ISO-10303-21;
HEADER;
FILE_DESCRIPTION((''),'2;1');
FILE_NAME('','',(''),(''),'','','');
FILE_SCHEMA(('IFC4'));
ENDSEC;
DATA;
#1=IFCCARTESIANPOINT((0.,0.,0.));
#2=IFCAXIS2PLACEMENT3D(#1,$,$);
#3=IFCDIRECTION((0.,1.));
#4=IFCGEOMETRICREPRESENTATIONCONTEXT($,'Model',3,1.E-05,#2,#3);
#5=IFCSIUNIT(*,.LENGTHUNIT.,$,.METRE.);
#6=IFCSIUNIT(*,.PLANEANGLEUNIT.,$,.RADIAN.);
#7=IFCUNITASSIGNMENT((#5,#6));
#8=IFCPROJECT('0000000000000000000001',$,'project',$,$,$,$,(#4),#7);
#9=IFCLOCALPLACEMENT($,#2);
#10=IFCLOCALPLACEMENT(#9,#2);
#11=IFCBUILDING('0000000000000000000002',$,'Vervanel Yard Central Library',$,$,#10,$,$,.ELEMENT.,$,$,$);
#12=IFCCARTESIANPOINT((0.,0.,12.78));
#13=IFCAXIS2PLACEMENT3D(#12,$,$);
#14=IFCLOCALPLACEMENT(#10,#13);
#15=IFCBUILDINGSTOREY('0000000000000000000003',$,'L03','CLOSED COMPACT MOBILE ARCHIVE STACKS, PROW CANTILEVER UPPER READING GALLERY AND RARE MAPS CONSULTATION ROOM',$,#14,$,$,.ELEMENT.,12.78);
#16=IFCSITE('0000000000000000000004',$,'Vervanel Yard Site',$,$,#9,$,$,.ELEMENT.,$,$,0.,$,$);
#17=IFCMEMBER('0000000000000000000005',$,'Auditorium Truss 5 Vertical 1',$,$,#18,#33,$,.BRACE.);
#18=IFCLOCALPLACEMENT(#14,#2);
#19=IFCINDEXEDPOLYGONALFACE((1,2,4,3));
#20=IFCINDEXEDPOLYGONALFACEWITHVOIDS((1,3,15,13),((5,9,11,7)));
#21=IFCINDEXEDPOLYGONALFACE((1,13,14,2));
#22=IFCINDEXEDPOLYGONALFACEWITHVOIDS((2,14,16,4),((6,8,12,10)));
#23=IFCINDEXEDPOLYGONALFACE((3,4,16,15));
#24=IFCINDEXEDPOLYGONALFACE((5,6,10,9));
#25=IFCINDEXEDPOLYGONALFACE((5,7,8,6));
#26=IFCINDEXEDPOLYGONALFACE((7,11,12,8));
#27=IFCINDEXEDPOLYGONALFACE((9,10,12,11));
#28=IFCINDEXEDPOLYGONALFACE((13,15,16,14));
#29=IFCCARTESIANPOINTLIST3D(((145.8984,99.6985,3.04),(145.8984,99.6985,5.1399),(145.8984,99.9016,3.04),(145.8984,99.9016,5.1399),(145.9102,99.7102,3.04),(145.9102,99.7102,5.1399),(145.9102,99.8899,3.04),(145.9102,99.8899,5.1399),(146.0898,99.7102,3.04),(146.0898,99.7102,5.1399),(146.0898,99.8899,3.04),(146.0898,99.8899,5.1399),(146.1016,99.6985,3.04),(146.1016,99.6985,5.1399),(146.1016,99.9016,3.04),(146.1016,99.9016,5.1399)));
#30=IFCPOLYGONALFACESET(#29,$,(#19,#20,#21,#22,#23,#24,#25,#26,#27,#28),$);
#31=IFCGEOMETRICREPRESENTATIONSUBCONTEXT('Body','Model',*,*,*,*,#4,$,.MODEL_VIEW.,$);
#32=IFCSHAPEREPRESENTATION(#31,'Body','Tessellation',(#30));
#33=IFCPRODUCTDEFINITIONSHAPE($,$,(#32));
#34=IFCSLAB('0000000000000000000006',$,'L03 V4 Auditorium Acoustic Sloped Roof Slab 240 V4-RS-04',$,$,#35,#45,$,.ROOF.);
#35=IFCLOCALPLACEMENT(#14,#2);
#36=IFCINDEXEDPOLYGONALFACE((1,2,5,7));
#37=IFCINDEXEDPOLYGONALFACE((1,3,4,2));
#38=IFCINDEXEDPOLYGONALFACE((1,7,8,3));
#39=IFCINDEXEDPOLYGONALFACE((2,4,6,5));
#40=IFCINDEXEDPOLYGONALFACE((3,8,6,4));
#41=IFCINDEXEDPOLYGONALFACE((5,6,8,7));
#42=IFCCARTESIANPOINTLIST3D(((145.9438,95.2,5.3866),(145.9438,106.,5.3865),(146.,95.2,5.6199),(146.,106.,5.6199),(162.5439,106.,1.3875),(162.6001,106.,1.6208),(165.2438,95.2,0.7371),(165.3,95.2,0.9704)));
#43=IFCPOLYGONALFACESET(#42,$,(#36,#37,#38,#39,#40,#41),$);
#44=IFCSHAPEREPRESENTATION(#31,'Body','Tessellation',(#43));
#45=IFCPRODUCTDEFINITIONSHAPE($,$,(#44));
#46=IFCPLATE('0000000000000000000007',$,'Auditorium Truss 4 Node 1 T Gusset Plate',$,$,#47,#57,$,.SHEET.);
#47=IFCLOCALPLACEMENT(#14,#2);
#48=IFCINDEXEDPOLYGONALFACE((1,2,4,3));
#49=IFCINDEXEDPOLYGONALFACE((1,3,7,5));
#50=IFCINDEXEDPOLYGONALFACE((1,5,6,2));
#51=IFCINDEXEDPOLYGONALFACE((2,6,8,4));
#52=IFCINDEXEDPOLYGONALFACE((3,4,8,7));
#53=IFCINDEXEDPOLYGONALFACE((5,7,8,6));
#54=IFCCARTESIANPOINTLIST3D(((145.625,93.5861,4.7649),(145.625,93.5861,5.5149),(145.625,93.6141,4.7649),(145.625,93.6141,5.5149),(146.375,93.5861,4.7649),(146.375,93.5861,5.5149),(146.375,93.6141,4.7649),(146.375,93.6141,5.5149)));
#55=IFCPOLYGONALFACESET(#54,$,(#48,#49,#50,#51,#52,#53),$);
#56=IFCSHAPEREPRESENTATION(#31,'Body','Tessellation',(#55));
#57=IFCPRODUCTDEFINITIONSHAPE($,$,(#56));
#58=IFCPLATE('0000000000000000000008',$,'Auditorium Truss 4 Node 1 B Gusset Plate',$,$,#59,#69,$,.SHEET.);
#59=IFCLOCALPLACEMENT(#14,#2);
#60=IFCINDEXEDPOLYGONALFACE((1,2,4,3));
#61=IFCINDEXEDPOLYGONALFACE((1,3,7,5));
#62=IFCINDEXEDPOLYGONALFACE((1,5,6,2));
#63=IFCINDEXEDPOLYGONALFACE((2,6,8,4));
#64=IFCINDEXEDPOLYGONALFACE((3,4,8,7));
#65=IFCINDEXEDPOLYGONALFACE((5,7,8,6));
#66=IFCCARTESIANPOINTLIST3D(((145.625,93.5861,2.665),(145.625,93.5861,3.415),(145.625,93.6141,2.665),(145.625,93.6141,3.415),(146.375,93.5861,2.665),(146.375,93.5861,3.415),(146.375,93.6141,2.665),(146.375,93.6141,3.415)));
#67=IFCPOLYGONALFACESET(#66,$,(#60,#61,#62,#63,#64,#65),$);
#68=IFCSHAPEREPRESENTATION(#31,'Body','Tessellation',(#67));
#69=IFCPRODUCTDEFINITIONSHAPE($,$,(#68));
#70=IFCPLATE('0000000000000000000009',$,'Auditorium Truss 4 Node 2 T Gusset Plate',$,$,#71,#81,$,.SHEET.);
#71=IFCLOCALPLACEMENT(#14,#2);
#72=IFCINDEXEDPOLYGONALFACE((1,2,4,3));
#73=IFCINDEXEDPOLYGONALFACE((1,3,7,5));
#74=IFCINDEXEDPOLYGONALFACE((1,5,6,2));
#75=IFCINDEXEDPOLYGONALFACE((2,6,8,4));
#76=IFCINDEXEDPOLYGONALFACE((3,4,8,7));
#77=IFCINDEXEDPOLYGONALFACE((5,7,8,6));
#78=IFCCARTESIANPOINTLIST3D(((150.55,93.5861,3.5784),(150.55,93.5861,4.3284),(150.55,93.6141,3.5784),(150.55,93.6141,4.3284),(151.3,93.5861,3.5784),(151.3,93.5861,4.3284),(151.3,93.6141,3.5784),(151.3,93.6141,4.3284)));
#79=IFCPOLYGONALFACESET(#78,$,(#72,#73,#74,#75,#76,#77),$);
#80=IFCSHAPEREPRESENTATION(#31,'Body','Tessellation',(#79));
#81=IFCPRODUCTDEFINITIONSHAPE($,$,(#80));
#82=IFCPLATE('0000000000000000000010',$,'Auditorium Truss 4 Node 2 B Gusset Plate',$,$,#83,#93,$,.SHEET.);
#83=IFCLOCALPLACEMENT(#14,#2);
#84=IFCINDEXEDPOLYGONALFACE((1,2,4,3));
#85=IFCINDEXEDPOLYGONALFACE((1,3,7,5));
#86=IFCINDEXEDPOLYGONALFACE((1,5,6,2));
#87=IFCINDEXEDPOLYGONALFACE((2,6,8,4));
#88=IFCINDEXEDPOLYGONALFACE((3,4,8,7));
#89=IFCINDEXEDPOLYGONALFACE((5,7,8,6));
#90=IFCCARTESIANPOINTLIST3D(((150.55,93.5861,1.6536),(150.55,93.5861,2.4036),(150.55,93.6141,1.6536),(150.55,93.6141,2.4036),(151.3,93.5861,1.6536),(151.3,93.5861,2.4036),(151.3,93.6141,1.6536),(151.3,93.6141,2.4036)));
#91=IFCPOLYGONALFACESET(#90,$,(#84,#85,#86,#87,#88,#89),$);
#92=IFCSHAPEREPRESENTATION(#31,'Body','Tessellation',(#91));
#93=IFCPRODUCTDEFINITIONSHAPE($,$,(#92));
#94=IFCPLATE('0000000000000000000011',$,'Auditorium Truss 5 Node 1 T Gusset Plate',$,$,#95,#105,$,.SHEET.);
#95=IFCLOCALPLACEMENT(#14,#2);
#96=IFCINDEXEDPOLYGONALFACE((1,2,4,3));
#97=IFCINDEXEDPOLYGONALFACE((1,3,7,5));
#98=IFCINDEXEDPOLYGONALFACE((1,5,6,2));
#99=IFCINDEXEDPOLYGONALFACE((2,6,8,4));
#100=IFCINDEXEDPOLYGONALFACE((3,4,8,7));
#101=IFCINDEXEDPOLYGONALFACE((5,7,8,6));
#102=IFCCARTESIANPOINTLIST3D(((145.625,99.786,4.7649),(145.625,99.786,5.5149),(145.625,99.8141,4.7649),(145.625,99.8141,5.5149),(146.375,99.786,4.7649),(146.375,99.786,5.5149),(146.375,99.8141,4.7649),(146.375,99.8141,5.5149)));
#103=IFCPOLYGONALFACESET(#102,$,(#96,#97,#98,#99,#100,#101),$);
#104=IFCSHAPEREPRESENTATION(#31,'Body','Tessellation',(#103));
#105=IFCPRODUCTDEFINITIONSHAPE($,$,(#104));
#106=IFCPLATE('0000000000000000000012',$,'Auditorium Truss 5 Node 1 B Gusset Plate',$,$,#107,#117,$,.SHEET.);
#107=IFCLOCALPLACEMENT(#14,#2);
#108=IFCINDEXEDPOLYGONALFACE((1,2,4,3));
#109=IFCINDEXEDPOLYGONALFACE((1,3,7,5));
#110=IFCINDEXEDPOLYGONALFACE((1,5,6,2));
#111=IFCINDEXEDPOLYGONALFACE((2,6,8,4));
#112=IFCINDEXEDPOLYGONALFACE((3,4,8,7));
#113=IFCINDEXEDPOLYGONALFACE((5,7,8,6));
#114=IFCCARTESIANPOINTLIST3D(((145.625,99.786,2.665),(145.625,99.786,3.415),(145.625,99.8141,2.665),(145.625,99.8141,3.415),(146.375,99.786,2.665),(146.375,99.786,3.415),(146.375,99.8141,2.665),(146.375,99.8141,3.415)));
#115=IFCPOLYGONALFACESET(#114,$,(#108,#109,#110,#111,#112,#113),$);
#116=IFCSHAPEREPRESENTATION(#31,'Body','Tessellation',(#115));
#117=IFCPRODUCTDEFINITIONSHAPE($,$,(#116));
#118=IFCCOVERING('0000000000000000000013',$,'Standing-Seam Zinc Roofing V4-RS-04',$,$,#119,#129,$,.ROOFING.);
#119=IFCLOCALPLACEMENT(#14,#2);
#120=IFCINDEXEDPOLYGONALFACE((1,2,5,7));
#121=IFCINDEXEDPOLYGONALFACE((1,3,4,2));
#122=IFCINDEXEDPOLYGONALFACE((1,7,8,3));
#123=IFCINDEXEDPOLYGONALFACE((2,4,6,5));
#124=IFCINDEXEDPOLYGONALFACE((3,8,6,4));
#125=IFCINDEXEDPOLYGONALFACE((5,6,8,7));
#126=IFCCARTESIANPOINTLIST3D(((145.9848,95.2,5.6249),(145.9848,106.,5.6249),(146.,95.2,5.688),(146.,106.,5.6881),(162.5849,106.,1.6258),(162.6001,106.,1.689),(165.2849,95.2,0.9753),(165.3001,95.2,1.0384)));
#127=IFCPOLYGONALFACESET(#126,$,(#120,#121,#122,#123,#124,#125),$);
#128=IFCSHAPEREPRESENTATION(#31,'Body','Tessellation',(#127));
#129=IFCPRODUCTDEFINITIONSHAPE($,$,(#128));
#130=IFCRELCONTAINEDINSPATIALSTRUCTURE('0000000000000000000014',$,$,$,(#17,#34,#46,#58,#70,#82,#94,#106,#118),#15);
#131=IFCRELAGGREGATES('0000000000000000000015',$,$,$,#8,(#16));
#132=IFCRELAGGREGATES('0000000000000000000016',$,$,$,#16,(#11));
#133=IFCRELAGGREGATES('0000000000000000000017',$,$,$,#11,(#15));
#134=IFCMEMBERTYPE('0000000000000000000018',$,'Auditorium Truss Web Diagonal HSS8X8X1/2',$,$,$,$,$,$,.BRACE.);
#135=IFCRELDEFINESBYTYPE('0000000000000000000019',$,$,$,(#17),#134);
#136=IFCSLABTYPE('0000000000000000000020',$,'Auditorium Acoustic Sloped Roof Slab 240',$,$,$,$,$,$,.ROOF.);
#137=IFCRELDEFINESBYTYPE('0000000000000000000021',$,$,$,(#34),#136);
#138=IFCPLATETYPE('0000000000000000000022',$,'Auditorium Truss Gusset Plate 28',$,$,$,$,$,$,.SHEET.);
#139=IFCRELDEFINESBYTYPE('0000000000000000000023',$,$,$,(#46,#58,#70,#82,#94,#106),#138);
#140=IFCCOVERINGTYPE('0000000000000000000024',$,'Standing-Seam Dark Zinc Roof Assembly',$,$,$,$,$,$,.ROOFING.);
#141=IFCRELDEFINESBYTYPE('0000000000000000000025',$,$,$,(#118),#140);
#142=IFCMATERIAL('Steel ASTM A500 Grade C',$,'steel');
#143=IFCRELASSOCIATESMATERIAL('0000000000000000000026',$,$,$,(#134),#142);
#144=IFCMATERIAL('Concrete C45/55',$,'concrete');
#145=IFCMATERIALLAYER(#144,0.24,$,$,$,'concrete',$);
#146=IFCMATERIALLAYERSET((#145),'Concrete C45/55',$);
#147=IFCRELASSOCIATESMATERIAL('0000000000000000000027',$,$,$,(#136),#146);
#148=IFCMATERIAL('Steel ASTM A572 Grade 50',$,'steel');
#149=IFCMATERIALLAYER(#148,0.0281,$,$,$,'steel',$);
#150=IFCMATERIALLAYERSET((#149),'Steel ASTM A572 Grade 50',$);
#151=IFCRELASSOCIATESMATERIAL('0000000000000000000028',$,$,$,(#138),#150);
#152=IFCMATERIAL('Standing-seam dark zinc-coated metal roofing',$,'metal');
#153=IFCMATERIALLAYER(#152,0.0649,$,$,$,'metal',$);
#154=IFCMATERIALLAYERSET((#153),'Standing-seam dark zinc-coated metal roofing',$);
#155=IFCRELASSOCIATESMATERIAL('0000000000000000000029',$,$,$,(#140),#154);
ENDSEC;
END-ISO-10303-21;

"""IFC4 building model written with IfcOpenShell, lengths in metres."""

from ifc_helpers import new_model, si_unit, direction, frame, origin, origin_2d, place, context, subcontext, project, spatial, polyline, rectangle, hollow_rectangle, outline, extrude, material, layer, layer_set, material_profile, profile_set, type_object, element, save


model = new_model("IFC4")

# Units and contexts
model_context = context("Model", 3, precision=1e-05, world=origin(), true_north=direction((0.0, 1.0)))
body_context = subcontext(model_context, "Body", "Model", "MODEL_VIEW")
ifc_project = project(units=[si_unit("LENGTHUNIT", "METRE"), si_unit("PLANEANGLEUNIT", "RADIAN")], contexts=[model_context])

# Site, building, storey
site_placement = place(None, origin())
site = spatial("IfcSite", under=ifc_project, at=site_placement, Name="Vervanel Yard Site", CompositionType="ELEMENT", RefElevation=0.0)
building_placement = place(site_placement, origin())
building = spatial("IfcBuilding", under=site, at=building_placement, Name="Vervanel Yard Central Library", CompositionType="ELEMENT")
storey_placement = place(building_placement, frame((0.0, 0.0, 12.78)))
storey = spatial("IfcBuildingStorey", under=building, at=storey_placement, Name="L03", Description="CLOSED COMPACT MOBILE ARCHIVE STACKS, PROW CANTILEVER UPPER READING GALLERY AND RARE MAPS CONSULTATION ROOM", CompositionType="ELEMENT", Elevation=12.78)

# Member
ifc_material_1 = material(Name="Steel ASTM A500 Grade C", Category="steel")
ifc_material_profile_1 = material_profile(ifc_material_1, hollow_rectangle(XDim=0.2031, YDim=0.2031, WallThickness=0.0117, at=origin_2d()), Name="HSS8X8X1/2", Category="steel")
ifc_profile_set_1 = profile_set([ifc_material_profile_1], Name="Steel ASTM A500 Grade C")
member_type_1 = type_object("IfcMemberType", Name="Auditorium Truss Web Diagonal HSS8X8X1/2", PredefinedType="BRACE", material=ifc_profile_set_1)
member_1_placement = place(storey_placement, frame((146.0, 99.8, 3.04), z_axis=(0.0, 0.0, 1.0), x_axis=(1.0, 0.0, 0.0)))
element("IfcMember", 1, at=member_1_placement, inside=storey, type_object=member_type_1, Name="Auditorium Truss 5 Vertical 1", PredefinedType="BRACE", context=body_context, shape_type="SweptSolid", body=[
    extrude(hollow_rectangle(XDim=0.2031, YDim=0.2031, WallThickness=0.0117, at=origin_2d()), origin(), (0.0, 0.0, 1.0), 2.0999),
])

# Slab
ifc_material_2 = material(Name="Concrete C45/55", Category="concrete")
ifc_layer_1 = layer(ifc_material_2, 0.24, Category="concrete")
ifc_layer_set_1 = layer_set([ifc_layer_1], Name="Concrete C45/55")
slab_type = type_object("IfcSlabType", Name="Auditorium Acoustic Sloped Roof Slab 240", PredefinedType="ROOF", material=ifc_layer_set_1)
slab_placement = place(storey_placement, frame((146.0, 95.2, 5.6199), z_axis=(0.234203, 0.000002, 0.972188), x_axis=(0.972188, 0.0, -0.234203)))
element("IfcSlab", 2, at=slab_placement, inside=storey, type_object=slab_type, Name="L03 V4 Auditorium Acoustic Sloped Roof Slab 240 V4-RS-04", PredefinedType="ROOF", context=body_context, shape_type="SweptSolid", body=[
    extrude(outline(polyline([(0.0, 0.0), (19.8522, 0.0), (17.075, 10.8), (0.0, 10.8), (0.0, 0.0)])), origin(), (0.0, 0.0, -1.0), 0.24),
])

# Plates
ifc_material_3 = material(Name="Steel ASTM A572 Grade 50", Category="steel")
ifc_layer_2 = layer(ifc_material_3, 0.0281, Category="steel")
ifc_layer_set_2 = layer_set([ifc_layer_2], Name="Steel ASTM A572 Grade 50")
plate_type = type_object("IfcPlateType", Name="Auditorium Truss Gusset Plate 28", PredefinedType="SHEET", material=ifc_layer_set_2)
for number, where, z_axis, x_axis, name in (
    (3, (146.0, 93.6001, 4.7649), (0.0, 0.0, 1.0), (1.0, 0.0, 0.0), "Auditorium Truss 4 Node 1 T Gusset Plate"),
    (4, (146.0, 93.6001, 2.665), (0.0, 0.0, 1.0), (1.0, 0.0, 0.0), "Auditorium Truss 4 Node 1 B Gusset Plate"),
    (5, (150.925, 93.6001, 3.5784), (0.0, 0.0, 1.0), (1.0, 0.0, 0.0), "Auditorium Truss 4 Node 2 T Gusset Plate"),
    (6, (150.925, 93.6001, 1.6536), (0.0, 0.0, 1.0), (1.0, 0.0, 0.0), "Auditorium Truss 4 Node 2 B Gusset Plate"),
    (7, (146.0, 99.8, 4.7649), (0.0, 0.0, 1.0), (1.0, 0.0, 0.0), "Auditorium Truss 5 Node 1 T Gusset Plate"),
    (8, (146.0, 99.8, 2.665), (0.0, 0.0, 1.0), (1.0, 0.0, 0.0), "Auditorium Truss 5 Node 1 B Gusset Plate"),
):
    element("IfcPlate", number, at=place(storey_placement, frame(where, z_axis=z_axis, x_axis=x_axis)), inside=storey, type_object=plate_type, Name=name, PredefinedType="SHEET", context=body_context, shape_type="SweptSolid", body=[
        extrude(rectangle(XDim=0.75, YDim=0.0281, at=origin_2d()), origin(), (0.0, 0.0, 1.0), 0.75),
    ])

# Covering
ifc_material_4 = material(Name="Standing-seam dark zinc-coated metal roofing", Category="metal")
ifc_layer_3 = layer(ifc_material_4, 0.0649, Category="metal")
ifc_layer_set_3 = layer_set([ifc_layer_3], Name="Standing-seam dark zinc-coated metal roofing")
covering_type = type_object("IfcCoveringType", Name="Standing-Seam Dark Zinc Roof Assembly", PredefinedType="ROOFING", material=ifc_layer_set_3)
covering_placement = place(storey_placement, frame((146.0, 95.2, 5.688), z_axis=(0.234209, -0.000009, 0.972186), x_axis=(0.972186, 0.0, -0.234209)))
element("IfcCovering", 9, at=covering_placement, inside=storey, type_object=covering_type, Name="Standing-Seam Zinc Roofing V4-RS-04", PredefinedType="ROOFING", context=body_context, shape_type="SweptSolid", body=[
    extrude(outline(polyline([(0.0, 0.0), (19.8522, 0.0), (17.075, 10.8), (0.0, 10.8), (0.0, 0.0)])), origin(), (0.0, 0.0, -1.0), 0.0649),
])

save(model, "model.ifc")
